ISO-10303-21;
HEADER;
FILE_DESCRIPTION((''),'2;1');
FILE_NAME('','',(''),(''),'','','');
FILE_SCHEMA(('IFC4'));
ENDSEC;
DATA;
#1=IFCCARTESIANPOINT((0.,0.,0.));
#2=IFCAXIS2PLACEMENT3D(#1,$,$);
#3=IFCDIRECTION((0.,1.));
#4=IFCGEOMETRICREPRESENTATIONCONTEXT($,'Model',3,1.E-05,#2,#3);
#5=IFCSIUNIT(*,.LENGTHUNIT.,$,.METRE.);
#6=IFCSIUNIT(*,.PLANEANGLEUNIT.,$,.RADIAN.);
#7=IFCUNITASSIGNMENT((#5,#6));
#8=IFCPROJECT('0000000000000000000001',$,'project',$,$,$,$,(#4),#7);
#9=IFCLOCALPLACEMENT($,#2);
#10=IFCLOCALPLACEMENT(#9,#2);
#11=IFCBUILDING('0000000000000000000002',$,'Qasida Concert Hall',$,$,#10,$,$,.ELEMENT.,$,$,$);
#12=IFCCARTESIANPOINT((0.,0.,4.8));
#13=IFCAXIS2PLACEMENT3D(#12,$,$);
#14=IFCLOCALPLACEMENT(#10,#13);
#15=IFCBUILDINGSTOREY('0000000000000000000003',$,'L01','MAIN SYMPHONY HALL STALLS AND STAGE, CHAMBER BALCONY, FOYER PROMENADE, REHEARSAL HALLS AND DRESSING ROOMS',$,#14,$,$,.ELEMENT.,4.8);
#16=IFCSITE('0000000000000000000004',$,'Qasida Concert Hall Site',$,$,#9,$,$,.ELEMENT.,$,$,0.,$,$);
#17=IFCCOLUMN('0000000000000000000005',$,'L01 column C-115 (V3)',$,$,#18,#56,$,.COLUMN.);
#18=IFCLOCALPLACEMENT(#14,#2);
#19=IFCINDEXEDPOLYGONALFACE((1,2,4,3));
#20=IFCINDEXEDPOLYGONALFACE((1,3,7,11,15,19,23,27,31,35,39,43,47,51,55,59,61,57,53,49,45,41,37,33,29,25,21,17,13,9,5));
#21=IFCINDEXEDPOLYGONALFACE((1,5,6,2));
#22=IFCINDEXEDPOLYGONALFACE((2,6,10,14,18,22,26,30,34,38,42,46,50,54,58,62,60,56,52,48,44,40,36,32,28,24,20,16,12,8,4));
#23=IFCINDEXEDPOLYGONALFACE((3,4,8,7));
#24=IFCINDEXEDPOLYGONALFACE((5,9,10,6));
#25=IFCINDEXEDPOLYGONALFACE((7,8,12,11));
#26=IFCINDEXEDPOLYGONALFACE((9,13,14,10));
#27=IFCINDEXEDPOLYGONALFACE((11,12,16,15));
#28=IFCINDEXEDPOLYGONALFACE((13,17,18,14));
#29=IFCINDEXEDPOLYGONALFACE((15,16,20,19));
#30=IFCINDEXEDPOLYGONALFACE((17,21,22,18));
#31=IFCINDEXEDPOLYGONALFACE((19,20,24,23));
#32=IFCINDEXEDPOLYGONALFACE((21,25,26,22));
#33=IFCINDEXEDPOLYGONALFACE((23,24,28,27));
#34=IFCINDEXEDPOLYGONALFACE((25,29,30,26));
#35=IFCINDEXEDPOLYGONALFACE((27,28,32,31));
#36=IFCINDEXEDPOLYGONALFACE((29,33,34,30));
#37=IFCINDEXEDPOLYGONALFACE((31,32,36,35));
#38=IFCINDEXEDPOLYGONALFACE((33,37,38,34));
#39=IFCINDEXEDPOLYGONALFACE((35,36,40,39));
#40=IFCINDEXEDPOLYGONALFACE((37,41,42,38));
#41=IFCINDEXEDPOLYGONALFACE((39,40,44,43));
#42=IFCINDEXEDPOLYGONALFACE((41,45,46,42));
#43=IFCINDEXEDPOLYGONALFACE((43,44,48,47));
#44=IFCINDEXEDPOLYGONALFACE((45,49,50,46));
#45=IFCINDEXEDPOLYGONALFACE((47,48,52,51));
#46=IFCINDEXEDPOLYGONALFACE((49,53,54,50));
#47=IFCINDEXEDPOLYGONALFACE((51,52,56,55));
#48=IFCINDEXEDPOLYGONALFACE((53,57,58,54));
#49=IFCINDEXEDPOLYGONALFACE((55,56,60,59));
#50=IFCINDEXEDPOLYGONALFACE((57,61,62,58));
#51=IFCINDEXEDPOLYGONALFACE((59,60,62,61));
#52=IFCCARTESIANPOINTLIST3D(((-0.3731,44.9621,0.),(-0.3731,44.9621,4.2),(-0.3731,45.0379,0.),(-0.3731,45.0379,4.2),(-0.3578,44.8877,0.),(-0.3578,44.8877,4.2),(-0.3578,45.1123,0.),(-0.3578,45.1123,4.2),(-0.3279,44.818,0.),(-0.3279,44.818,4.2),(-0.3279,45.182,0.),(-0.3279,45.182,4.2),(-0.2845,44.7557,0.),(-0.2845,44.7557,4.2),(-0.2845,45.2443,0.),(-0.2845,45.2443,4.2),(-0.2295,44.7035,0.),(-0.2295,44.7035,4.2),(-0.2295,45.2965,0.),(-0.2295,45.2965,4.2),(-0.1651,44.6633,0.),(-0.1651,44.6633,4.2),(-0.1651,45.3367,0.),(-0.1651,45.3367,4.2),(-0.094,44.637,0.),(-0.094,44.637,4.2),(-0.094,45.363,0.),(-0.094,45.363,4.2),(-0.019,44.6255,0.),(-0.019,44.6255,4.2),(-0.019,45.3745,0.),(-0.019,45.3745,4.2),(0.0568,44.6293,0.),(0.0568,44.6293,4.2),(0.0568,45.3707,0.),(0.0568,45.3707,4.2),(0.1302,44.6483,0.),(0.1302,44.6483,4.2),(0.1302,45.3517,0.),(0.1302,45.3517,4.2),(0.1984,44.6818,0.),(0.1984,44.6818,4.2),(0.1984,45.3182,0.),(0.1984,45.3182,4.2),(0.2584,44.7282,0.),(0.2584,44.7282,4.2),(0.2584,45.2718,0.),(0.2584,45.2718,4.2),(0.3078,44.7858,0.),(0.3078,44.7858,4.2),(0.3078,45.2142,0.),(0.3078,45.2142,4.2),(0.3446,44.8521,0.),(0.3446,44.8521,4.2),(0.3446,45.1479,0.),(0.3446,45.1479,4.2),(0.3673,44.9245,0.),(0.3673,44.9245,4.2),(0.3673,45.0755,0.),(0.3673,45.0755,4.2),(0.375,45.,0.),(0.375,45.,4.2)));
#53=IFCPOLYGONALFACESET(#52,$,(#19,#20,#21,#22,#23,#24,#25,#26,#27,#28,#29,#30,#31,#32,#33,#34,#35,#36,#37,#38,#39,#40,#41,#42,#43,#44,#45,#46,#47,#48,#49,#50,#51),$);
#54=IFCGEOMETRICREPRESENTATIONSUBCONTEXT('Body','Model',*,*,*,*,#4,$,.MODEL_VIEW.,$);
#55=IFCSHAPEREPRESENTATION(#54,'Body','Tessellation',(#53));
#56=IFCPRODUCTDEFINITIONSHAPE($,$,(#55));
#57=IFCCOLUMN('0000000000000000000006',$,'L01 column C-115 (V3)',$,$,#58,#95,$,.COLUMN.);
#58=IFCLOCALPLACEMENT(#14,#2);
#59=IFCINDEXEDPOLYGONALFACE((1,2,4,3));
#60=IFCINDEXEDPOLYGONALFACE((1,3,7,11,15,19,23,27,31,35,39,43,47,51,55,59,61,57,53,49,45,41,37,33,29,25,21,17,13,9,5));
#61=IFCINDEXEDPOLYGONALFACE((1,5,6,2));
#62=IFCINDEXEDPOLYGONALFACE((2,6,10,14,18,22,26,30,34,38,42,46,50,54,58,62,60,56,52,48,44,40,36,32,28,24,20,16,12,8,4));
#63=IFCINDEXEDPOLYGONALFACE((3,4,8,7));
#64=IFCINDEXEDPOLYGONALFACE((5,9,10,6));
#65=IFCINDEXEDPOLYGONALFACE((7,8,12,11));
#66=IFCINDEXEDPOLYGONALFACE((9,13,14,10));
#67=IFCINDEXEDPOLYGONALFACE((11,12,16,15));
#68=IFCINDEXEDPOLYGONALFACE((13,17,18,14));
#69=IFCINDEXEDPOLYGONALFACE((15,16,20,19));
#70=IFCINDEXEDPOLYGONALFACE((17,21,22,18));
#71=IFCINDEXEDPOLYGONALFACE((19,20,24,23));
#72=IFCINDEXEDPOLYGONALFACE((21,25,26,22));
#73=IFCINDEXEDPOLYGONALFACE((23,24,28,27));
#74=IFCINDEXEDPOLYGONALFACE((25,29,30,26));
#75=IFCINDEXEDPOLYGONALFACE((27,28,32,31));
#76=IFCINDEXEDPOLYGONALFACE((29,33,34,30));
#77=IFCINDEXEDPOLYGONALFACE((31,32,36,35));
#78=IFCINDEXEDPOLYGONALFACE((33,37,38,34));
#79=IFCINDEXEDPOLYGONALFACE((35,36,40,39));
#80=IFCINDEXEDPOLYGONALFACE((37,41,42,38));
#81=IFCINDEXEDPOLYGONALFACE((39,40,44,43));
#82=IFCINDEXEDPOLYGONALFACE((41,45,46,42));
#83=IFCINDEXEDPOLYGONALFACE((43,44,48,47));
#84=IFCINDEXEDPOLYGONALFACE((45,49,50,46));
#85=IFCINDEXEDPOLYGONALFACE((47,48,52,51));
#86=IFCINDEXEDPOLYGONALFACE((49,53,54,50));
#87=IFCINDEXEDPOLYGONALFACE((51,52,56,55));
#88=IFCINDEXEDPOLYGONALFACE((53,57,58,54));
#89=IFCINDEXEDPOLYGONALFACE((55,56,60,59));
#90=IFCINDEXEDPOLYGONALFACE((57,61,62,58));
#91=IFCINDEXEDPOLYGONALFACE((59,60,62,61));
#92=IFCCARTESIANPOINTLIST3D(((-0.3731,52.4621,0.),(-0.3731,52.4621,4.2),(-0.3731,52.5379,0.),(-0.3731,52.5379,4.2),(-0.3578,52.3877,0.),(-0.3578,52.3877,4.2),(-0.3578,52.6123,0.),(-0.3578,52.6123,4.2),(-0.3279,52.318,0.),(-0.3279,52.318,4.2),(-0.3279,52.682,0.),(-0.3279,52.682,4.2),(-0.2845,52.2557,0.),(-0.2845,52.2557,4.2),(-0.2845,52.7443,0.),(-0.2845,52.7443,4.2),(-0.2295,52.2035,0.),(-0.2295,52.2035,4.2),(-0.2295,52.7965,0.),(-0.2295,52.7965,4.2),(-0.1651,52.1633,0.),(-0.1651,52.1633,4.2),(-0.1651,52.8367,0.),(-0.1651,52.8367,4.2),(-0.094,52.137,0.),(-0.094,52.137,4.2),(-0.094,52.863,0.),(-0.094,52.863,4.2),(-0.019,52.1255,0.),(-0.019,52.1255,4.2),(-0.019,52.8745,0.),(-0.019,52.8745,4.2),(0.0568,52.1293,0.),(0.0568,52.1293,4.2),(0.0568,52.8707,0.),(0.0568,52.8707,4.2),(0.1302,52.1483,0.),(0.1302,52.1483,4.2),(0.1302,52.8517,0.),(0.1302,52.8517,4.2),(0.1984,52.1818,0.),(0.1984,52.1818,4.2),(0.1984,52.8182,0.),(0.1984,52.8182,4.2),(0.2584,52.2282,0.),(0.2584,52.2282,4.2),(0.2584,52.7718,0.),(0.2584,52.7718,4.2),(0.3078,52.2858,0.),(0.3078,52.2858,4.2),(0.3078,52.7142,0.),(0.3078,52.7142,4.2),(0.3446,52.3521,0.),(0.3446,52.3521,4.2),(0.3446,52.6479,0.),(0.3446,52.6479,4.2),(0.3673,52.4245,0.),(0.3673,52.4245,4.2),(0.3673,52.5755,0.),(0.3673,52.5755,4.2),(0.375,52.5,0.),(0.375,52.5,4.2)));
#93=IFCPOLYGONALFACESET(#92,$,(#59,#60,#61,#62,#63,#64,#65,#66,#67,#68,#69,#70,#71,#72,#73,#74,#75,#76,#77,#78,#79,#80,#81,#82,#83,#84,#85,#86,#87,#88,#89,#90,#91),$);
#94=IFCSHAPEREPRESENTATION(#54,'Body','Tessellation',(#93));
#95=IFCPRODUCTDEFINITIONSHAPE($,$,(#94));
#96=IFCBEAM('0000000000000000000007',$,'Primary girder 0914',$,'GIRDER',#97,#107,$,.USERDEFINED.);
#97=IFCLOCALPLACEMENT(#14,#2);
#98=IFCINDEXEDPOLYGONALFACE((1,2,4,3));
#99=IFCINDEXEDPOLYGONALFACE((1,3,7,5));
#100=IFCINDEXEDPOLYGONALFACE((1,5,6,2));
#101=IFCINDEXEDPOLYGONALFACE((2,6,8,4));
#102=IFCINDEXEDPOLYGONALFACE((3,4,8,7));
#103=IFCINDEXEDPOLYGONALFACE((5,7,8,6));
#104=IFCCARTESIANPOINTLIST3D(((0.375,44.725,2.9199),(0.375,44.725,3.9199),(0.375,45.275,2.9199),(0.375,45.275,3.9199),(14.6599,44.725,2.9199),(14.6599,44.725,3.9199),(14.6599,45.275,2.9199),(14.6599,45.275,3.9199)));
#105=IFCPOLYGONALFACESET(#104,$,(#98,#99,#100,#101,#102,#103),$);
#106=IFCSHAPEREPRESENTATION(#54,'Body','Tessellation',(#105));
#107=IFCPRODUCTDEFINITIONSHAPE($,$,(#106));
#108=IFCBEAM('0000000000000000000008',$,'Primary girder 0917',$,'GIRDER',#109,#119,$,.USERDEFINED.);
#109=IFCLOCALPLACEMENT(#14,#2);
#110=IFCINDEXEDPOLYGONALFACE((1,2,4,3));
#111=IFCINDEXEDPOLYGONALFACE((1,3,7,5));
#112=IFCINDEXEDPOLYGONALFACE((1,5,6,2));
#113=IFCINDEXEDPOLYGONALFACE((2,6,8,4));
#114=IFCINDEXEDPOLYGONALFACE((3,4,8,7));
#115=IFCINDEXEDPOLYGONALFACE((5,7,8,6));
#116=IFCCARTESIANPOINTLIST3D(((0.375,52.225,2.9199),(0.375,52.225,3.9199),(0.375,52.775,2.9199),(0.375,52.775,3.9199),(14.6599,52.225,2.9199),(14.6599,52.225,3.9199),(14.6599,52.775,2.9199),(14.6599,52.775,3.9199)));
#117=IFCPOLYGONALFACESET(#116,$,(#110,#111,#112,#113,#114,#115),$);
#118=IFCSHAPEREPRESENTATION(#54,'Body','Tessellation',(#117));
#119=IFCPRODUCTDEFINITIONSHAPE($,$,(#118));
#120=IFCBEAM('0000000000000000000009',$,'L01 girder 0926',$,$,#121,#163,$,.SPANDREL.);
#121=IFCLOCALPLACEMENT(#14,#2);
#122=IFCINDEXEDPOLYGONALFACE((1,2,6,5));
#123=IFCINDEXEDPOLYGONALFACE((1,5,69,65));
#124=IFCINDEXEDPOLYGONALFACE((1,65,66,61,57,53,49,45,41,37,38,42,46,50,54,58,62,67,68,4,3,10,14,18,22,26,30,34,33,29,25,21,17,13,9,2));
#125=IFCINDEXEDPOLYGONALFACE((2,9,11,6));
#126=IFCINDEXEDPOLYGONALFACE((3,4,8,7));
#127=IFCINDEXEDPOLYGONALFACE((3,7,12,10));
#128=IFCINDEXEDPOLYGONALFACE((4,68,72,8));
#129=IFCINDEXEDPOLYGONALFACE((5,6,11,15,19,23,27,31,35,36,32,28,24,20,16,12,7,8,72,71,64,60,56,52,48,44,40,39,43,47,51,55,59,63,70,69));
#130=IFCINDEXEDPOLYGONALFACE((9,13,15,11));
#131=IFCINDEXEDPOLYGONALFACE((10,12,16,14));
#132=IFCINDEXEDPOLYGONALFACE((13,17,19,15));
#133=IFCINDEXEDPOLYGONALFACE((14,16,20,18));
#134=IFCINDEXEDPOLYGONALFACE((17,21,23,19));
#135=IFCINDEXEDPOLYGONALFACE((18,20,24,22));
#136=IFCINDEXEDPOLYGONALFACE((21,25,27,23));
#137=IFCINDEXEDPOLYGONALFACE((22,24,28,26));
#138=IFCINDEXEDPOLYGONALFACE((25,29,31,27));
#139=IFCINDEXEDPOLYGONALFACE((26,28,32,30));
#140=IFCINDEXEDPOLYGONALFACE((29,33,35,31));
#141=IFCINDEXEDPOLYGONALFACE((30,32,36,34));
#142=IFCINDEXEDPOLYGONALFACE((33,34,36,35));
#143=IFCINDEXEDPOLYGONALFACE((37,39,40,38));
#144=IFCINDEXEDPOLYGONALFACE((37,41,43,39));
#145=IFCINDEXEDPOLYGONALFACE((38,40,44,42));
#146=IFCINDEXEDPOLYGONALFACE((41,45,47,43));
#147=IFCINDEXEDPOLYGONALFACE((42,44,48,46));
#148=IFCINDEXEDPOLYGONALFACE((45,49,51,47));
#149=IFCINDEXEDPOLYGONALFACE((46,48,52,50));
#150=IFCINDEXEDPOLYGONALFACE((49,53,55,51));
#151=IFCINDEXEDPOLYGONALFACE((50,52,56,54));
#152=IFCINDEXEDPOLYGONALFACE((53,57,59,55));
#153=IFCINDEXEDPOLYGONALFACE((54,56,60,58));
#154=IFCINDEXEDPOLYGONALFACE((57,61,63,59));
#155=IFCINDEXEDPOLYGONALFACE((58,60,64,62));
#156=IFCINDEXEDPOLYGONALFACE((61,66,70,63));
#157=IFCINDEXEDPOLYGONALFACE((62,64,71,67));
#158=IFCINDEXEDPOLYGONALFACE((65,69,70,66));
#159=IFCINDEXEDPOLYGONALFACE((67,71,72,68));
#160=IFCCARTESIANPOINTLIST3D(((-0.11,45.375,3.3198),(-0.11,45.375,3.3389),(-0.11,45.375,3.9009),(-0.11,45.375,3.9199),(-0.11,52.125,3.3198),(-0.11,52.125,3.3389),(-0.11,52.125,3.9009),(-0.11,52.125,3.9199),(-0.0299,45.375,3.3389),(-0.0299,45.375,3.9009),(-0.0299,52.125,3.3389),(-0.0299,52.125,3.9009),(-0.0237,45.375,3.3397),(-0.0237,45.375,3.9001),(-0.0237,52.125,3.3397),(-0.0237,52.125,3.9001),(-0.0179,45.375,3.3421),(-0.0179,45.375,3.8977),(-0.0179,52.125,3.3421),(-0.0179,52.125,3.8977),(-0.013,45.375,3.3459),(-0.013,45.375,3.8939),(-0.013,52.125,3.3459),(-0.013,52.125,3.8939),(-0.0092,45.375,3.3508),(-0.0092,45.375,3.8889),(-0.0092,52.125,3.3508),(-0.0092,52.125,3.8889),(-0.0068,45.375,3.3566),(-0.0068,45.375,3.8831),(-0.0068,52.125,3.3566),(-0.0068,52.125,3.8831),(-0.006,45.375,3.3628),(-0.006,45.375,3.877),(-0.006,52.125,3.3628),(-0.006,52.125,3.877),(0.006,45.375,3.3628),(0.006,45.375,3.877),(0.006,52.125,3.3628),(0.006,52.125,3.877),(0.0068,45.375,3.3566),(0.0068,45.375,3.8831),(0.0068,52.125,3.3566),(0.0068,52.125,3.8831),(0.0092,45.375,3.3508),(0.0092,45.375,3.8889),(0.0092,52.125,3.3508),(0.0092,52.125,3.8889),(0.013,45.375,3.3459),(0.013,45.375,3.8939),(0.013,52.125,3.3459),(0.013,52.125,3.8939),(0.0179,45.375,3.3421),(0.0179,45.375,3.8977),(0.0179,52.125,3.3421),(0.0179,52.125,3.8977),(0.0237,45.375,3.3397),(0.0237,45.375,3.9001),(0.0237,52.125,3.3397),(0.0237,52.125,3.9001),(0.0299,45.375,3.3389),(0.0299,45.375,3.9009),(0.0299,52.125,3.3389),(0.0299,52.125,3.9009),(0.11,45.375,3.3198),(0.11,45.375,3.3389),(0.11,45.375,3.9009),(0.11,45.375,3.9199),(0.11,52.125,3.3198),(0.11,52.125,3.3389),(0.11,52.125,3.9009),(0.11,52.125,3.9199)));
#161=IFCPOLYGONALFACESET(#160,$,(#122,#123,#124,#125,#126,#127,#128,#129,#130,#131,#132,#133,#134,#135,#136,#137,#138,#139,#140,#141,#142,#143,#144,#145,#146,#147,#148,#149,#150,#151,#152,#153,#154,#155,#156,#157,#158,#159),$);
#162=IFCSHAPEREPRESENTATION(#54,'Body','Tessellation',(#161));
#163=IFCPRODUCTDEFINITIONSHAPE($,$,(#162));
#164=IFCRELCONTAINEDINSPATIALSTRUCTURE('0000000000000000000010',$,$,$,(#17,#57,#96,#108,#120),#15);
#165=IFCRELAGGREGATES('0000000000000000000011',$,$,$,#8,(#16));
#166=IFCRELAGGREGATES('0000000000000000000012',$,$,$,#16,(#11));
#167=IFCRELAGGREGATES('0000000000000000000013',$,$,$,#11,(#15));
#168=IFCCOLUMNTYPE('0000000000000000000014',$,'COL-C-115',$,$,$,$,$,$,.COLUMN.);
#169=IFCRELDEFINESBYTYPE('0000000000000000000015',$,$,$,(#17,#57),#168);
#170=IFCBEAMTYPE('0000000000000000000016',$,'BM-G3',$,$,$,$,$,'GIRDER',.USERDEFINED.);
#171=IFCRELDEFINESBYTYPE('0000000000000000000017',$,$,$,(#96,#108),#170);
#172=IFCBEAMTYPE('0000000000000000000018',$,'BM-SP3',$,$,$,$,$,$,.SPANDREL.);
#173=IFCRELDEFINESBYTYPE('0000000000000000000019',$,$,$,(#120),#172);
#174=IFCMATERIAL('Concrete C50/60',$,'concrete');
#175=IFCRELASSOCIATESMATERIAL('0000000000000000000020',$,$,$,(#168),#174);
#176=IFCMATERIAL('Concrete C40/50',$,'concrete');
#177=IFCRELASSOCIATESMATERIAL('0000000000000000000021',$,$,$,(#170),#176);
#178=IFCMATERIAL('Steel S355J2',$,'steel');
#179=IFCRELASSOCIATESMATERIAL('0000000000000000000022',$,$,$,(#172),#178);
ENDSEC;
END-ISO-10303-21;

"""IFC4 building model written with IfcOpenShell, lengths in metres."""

from ifc_helpers import new_model, si_unit, direction, frame, origin, origin_2d, place, context, subcontext, project, spatial, rectangle, circle, i_section, extrude, material, material_profile, profile_set, type_object, element, save


model = new_model("IFC4")

# Units and contexts
model_context = context("Model", 3, precision=1e-05, world=origin(), true_north=direction((0.0, 1.0)))
body_context = subcontext(model_context, "Body", "Model", "MODEL_VIEW")
ifc_project = project(units=[si_unit("LENGTHUNIT", "METRE"), si_unit("PLANEANGLEUNIT", "RADIAN")], contexts=[model_context])

# Site, building, storey
site_placement = place(None, origin())
site = spatial("IfcSite", under=ifc_project, at=site_placement, Name="Qasida Concert Hall Site", CompositionType="ELEMENT", RefElevation=0.0)
building_placement = place(site_placement, origin())
building = spatial("IfcBuilding", under=site, at=building_placement, Name="Qasida Concert Hall", CompositionType="ELEMENT")
storey_placement = place(building_placement, frame((0.0, 0.0, 4.8)))
storey = spatial("IfcBuildingStorey", under=building, at=storey_placement, Name="L01", Description="MAIN SYMPHONY HALL STALLS AND STAGE, CHAMBER BALCONY, FOYER PROMENADE, REHEARSAL HALLS AND DRESSING ROOMS", CompositionType="ELEMENT", Elevation=4.8)

# Columns
ifc_material_1 = material(Name="Concrete C50/60", Category="concrete")
ifc_material_profile_1 = material_profile(ifc_material_1, circle(Radius=0.375, at=origin_2d()), Name="RC COL D750")
ifc_profile_set_1 = profile_set([ifc_material_profile_1], Name="Concrete C50/60")
column_type = type_object("IfcColumnType", Name="COL-C-115", PredefinedType="COLUMN", material=ifc_profile_set_1)
for number, where, z_axis, x_axis, name in (
    (1, (0.0, 45.0, 0.0), (0.0, 0.0, 1.0), (1.0, 0.0, 0.0), "L01 column C-115 (V3)"),
    (2, (0.0, 52.5, 0.0), (0.0, 0.0, 1.0), (1.0, 0.0, 0.0), "L01 column C-115 (V3)"),
):
    element("IfcColumn", number, at=place(storey_placement, frame(where, z_axis=z_axis, x_axis=x_axis)), inside=storey, type_object=column_type, Name=name, PredefinedType="COLUMN", context=body_context, shape_type="SweptSolid", body=[
        extrude(circle(Radius=0.375, at=origin_2d()), origin(), (0.0, 0.0, 1.0), 4.2),
    ])

# Beams
ifc_material_2 = material(Name="Concrete C40/50", Category="concrete")
ifc_material_profile_2 = material_profile(ifc_material_2, rectangle(XDim=0.55, YDim=1.0, at=origin_2d()), Name="RC 550x1000")
ifc_profile_set_2 = profile_set([ifc_material_profile_2], Name="Concrete C40/50")
beam_type_1 = type_object("IfcBeamType", Name="BM-G3", ElementType="GIRDER", PredefinedType="USERDEFINED", material=ifc_profile_set_2)
for number, where, z_axis, x_axis, name in (
    (3, (0.375, 45.0, 3.4199), (1.0, 0.0, 0.0), (0.0, 1.0, 0.0), "Primary girder 0914"),
    (4, (0.375, 52.5, 3.4199), (1.0, 0.0, 0.0), (0.0, 1.0, 0.0), "Primary girder 0917"),
):
    element("IfcBeam", number, at=place(storey_placement, frame(where, z_axis=z_axis, x_axis=x_axis)), inside=storey, type_object=beam_type_1, Name=name, ObjectType="GIRDER", PredefinedType="USERDEFINED", context=body_context, shape_type="SweptSolid", body=[
        extrude(rectangle(XDim=0.55, YDim=1.0, at=origin_2d()), origin(), (0.0, 0.0, 1.0), 14.2849),
    ])
ifc_material_3 = material(Name="Steel S355J2", Category="steel")
ifc_material_profile_3 = material_profile(ifc_material_3, i_section(OverallWidth=0.22, OverallDepth=0.6001, WebThickness=0.012, FlangeThickness=0.019, FilletRadius=0.0239, at=origin_2d()), Name="IPE 600")
ifc_profile_set_3 = profile_set([ifc_material_profile_3], Name="Steel S355J2")
beam_type_2 = type_object("IfcBeamType", Name="BM-SP3", PredefinedType="SPANDREL", material=ifc_profile_set_3)
beam_placement = place(storey_placement, frame((0.0, 45.375, 3.6199), z_axis=(0.0, 1.0, 0.0), x_axis=(-1.0, 0.0, 0.0)))
element("IfcBeam", 5, at=beam_placement, inside=storey, type_object=beam_type_2, Name="L01 girder 0926", PredefinedType="SPANDREL", context=body_context, shape_type="SweptSolid", body=[
    extrude(i_section(OverallWidth=0.22, OverallDepth=0.6001, WebThickness=0.012, FlangeThickness=0.019, FilletRadius=0.0239, at=origin_2d()), origin(), (0.0, 0.0, 1.0), 6.75),
])

save(model, "model.ifc")
